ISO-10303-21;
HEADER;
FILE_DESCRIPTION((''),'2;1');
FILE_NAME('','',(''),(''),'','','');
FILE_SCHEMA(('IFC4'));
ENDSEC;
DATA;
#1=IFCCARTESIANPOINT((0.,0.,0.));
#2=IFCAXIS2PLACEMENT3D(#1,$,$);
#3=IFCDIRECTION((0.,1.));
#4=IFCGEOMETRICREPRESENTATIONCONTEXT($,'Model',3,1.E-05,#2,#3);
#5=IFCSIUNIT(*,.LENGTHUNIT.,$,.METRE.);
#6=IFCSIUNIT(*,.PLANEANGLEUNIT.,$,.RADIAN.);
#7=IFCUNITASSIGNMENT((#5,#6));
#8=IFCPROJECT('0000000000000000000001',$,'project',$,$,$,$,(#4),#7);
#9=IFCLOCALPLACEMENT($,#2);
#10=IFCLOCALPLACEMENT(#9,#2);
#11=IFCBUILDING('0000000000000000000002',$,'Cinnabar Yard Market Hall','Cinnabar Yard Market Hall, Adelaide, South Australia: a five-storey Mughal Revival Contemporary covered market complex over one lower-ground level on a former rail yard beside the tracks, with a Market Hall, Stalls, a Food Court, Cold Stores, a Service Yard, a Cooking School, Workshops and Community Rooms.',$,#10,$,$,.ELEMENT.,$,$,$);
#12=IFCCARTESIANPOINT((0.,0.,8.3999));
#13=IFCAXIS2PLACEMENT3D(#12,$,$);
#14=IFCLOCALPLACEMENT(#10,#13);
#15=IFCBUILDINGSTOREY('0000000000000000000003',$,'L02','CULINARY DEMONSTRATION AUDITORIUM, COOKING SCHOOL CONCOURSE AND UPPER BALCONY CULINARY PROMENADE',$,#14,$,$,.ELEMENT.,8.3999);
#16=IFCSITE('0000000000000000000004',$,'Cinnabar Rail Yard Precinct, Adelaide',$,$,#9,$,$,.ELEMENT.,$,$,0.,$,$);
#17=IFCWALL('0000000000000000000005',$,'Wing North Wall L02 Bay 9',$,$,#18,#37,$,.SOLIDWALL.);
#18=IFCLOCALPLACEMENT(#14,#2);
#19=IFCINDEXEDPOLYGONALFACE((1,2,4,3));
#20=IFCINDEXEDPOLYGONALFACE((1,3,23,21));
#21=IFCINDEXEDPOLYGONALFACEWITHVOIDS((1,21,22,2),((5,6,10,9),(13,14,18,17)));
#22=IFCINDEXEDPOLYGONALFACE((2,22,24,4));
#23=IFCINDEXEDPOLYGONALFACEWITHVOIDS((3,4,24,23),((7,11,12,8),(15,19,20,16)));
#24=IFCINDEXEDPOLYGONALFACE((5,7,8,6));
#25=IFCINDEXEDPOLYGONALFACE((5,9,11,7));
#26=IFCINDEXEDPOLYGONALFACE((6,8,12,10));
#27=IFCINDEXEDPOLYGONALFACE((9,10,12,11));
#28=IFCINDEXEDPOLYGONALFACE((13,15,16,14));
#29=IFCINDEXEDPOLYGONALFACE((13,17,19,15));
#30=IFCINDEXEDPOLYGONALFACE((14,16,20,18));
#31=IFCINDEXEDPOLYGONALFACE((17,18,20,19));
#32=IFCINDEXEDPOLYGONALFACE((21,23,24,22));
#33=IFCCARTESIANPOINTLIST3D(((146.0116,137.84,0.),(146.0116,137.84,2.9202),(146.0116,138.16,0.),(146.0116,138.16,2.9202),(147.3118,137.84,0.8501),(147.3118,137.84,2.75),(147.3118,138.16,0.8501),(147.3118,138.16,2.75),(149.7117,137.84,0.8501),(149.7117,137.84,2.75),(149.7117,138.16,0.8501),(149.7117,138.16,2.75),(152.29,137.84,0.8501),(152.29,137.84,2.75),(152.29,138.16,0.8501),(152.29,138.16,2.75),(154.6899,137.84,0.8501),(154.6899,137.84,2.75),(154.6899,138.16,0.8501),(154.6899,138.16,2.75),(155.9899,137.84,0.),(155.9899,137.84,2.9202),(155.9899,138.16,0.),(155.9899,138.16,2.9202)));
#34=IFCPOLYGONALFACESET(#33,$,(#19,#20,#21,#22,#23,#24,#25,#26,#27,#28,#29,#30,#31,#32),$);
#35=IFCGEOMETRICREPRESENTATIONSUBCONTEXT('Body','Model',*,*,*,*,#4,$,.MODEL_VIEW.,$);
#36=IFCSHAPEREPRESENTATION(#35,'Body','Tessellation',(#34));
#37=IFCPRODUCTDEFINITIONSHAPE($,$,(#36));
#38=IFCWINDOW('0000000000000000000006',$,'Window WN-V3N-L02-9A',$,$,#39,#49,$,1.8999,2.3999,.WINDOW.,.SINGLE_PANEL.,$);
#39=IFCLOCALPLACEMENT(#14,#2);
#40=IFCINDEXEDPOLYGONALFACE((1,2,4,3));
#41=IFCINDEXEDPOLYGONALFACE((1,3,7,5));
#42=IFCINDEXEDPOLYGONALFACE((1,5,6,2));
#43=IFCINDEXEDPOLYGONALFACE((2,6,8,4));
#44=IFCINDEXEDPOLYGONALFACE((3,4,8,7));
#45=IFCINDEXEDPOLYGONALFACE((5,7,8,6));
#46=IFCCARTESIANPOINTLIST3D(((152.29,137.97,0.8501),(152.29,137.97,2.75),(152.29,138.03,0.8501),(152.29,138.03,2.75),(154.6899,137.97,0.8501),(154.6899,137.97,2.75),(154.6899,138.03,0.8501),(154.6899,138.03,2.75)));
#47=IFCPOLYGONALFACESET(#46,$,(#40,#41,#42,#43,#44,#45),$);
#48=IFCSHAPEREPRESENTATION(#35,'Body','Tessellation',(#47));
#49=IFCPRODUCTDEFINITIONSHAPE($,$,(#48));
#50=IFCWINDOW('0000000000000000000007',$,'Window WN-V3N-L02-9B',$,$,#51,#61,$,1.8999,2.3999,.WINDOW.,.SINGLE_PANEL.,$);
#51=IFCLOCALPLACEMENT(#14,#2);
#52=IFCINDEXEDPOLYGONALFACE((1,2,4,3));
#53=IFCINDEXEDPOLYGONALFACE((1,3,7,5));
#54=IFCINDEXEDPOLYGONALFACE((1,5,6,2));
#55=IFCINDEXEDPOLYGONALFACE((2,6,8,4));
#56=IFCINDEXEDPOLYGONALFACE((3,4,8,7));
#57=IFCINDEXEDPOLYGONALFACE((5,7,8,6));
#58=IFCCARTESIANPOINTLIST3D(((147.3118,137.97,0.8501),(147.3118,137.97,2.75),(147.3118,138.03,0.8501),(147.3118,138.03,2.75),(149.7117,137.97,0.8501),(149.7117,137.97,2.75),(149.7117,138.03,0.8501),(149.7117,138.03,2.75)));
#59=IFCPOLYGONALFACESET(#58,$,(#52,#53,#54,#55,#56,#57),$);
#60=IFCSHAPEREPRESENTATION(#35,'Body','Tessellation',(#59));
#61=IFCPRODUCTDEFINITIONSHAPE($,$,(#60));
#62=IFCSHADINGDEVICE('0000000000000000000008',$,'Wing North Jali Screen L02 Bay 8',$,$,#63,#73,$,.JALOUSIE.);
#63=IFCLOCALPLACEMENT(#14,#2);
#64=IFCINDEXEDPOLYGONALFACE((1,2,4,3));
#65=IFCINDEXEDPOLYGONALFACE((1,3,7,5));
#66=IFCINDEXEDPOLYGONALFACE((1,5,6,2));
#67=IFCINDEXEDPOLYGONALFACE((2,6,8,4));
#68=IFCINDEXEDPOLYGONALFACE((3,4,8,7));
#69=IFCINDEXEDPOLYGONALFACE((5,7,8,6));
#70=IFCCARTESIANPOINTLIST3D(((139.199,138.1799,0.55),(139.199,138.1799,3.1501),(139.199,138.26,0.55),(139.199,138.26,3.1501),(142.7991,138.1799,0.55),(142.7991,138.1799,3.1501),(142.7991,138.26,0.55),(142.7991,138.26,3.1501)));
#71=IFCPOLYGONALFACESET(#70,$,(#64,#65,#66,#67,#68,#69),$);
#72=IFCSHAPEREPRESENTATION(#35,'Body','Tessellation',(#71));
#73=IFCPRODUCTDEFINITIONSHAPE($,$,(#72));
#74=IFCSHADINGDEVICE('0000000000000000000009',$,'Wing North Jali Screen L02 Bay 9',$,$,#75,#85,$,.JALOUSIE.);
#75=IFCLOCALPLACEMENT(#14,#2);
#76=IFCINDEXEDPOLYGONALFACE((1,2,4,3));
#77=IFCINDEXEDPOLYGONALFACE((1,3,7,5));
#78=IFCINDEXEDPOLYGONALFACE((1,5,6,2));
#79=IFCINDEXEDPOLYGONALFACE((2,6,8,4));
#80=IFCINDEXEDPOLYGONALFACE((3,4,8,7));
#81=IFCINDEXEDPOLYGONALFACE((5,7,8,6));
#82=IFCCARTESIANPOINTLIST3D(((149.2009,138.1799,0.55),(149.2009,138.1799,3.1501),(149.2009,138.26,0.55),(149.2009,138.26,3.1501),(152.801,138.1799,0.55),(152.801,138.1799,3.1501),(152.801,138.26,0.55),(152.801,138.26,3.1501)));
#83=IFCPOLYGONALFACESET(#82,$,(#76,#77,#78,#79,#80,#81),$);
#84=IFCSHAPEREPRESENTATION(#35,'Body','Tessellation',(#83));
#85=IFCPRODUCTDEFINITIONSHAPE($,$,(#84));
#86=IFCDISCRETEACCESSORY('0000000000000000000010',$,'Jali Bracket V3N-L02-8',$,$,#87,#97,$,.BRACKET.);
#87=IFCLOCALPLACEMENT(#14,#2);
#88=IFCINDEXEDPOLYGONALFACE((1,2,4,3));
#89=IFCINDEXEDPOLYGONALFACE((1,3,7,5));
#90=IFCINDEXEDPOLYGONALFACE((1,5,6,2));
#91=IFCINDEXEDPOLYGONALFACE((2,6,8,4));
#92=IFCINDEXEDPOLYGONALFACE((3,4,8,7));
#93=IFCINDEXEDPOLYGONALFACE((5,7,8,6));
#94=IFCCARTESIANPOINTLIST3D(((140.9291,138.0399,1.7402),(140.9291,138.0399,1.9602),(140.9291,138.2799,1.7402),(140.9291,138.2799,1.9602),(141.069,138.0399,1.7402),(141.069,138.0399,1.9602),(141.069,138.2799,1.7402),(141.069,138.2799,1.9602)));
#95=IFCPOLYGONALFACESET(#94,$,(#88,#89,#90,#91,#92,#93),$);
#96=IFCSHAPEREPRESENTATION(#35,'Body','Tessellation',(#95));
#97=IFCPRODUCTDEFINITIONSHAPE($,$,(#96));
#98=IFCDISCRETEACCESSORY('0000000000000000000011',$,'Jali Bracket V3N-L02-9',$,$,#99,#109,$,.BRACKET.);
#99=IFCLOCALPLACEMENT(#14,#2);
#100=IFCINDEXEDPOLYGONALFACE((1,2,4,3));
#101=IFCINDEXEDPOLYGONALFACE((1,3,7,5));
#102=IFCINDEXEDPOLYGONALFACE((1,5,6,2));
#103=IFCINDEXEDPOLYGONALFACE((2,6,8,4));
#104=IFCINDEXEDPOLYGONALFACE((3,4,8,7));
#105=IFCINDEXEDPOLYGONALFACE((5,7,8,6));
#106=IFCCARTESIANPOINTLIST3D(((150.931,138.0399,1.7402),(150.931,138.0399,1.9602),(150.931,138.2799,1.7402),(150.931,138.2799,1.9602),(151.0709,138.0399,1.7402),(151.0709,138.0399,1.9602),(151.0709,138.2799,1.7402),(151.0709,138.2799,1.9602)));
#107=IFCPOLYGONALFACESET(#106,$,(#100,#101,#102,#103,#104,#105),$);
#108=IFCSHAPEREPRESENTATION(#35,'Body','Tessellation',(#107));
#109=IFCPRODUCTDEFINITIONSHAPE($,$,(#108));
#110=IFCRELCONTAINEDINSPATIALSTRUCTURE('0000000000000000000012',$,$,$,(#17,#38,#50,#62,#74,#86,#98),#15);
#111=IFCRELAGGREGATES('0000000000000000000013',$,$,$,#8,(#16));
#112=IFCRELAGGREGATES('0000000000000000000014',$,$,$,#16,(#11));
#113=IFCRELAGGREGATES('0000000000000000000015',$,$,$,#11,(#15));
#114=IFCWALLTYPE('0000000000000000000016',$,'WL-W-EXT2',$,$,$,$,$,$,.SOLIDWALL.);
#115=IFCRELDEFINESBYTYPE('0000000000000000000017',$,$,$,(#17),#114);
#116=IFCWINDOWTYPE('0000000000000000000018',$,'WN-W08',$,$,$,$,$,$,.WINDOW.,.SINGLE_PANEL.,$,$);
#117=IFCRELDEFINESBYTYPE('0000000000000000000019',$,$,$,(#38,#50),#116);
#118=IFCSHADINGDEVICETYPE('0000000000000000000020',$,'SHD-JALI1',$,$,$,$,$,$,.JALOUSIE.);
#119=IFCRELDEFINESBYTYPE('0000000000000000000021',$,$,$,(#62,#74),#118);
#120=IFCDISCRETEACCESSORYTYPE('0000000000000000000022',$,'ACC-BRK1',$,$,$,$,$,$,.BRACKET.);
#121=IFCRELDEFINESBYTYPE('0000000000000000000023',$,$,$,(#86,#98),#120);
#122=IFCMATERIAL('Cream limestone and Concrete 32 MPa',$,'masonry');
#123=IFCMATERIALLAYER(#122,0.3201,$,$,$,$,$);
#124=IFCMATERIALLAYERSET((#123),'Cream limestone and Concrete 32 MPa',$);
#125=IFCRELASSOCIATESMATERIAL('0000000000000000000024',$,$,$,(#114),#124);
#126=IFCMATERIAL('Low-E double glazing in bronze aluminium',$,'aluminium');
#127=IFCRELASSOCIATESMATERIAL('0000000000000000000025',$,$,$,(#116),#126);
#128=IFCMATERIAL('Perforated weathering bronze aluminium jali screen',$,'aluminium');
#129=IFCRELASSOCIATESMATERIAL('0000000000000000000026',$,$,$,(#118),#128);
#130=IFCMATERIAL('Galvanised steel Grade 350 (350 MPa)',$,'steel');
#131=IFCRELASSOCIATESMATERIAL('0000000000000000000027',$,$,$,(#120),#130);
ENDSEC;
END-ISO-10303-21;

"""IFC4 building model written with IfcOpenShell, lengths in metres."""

from ifc_helpers import new_model, si_unit, direction, frame, frame_2d, origin, origin_2d_with_axis, place, context, subcontext, project, spatial, rectangle, extrude, material, layer, layer_set, type_object, element, fill, save


model = new_model("IFC4")

# Units and contexts
model_context = context("Model", 3, precision=1e-05, world=origin(), true_north=direction((0.0, 1.0)))
body_context = subcontext(model_context, "Body", "Model", "MODEL_VIEW")
ifc_project = project(units=[si_unit("LENGTHUNIT", "METRE"), si_unit("PLANEANGLEUNIT", "RADIAN")], contexts=[model_context])

# Site, building, storey
site_placement = place(None, origin())
site = spatial("IfcSite", under=ifc_project, at=site_placement, Name="Cinnabar Rail Yard Precinct, Adelaide", CompositionType="ELEMENT", RefElevation=0.0)
building_placement = place(site_placement, origin())
building = spatial("IfcBuilding", under=site, at=building_placement, Name="Cinnabar Yard Market Hall", Description="Cinnabar Yard Market Hall, Adelaide, South Australia: a five-storey Mughal Revival Contemporary covered market complex over one lower-ground level on a former rail yard beside the tracks, with a Market Hall, Stalls, a Food Court, Cold Stores, a Service Yard, a Cooking School, Workshops and Community Rooms.", CompositionType="ELEMENT")
storey_placement = place(building_placement, frame((0.0, 0.0, 8.3999)))
storey = spatial("IfcBuildingStorey", under=building, at=storey_placement, Name="L02", Description="CULINARY DEMONSTRATION AUDITORIUM, COOKING SCHOOL CONCOURSE AND UPPER BALCONY CULINARY PROMENADE", CompositionType="ELEMENT", Elevation=8.3999)

# Shared definitions
ifc_material_1 = material(Name="Cream limestone and Concrete 32 MPa", Category="masonry")
ifc_layer_1 = layer(ifc_material_1, 0.3201)
ifc_layer_set_1 = layer_set([ifc_layer_1], Name="Cream limestone and Concrete 32 MPa")
wall_type_1 = type_object("IfcWallType", Name="WL-W-EXT2", PredefinedType="SOLIDWALL", material=ifc_layer_set_1)

# Wall, openings, windows
wall_1_placement = place(storey_placement, frame((155.99, 138.0, 0.0), z_axis=(0.0, 0.0, 1.0), x_axis=(-1.0, 0.0, 0.0)))
wall_1 = element("IfcWall", 1, at=wall_1_placement, inside=storey, type_object=wall_type_1, Name="Wing North Wall L02 Bay 9", PredefinedType="SOLIDWALL", context=body_context, shape_type="SweptSolid", body=[
    extrude(rectangle(XDim=9.9783, YDim=0.3201, at=frame_2d((4.9893, 0.0), x_axis=(1.0, 0.0))), origin(), (0.0, 0.0, 1.0), 2.9202),
])
opening_1_placement = place(wall_1_placement, frame((1.3, 0.0, 0.8501)))
opening_1 = element("IfcOpeningElement", 2, at=opening_1_placement, cuts=wall_1, PredefinedType="OPENING", context=body_context, shape_type="SweptSolid", body=[
    extrude(rectangle(XDim=2.3999, YDim=1.8999, at=frame_2d((1.2, 0.95), x_axis=(1.0, 0.0))), frame((0.0, 0.1699, 0.0), z_axis=(0.0, -1.0, 0.0), x_axis=(1.0, 0.0, 0.0)), (0.0, 0.0, 1.0), 0.3401),
])
opening_2_placement = place(wall_1_placement, frame((6.2783, 0.0, 0.8501)))
opening_2 = element("IfcOpeningElement", 3, at=opening_2_placement, cuts=wall_1, PredefinedType="OPENING", context=body_context, shape_type="SweptSolid", body=[
    extrude(rectangle(XDim=2.3999, YDim=1.8999, at=frame_2d((1.2, 0.95), x_axis=(1.0, 0.0))), frame((0.0, 0.1699, 0.0), z_axis=(0.0, -1.0, 0.0), x_axis=(1.0, 0.0, 0.0)), (0.0, 0.0, 1.0), 0.3401),
])
ifc_material_2 = material(Name="Low-E double glazing in bronze aluminium", Category="aluminium")
window_type_1 = type_object("IfcWindowType", Name="WN-W08", PartitioningType="SINGLE_PANEL", PredefinedType="WINDOW", material=ifc_material_2)
window_1_placement = place(opening_1_placement, origin())
window_1 = element("IfcWindow", 4, at=window_1_placement, inside=storey, type_object=window_type_1, Name="Window WN-V3N-L02-9A", OverallHeight=1.8999, OverallWidth=2.3999, PartitioningType="SINGLE_PANEL", PredefinedType="WINDOW", context=body_context, shape_type="SweptSolid", body=[
    extrude(rectangle(XDim=2.3999, YDim=1.8999, at=frame_2d((1.2, 0.95), x_axis=(1.0, 0.0))), frame((0.0, 0.03, 0.0), z_axis=(0.0, -1.0, 0.0), x_axis=(1.0, 0.0, 0.0)), (0.0, 0.0, 1.0), 0.0601),
])
fill(opening_1, window_1)
window_2_placement = place(opening_2_placement, origin())
window_2 = element("IfcWindow", 5, at=window_2_placement, inside=storey, type_object=window_type_1, Name="Window WN-V3N-L02-9B", OverallHeight=1.8999, OverallWidth=2.3999, PartitioningType="SINGLE_PANEL", PredefinedType="WINDOW", context=body_context, shape_type="SweptSolid", body=[
    extrude(rectangle(XDim=2.3999, YDim=1.8999, at=frame_2d((1.2, 0.95), x_axis=(1.0, 0.0))), frame((0.0, 0.03, 0.0), z_axis=(0.0, -1.0, 0.0), x_axis=(1.0, 0.0, 0.0)), (0.0, 0.0, 1.0), 0.0601),
])
fill(opening_2, window_2)

# Shading devices
ifc_material_3 = material(Name="Perforated weathering bronze aluminium jali screen", Category="aluminium")
shading_device_type = type_object("IfcShadingDeviceType", Name="SHD-JALI1", PredefinedType="JALOUSIE", material=ifc_material_3)
for number, where, z_axis, x_axis, name in (
    (6, (140.999, 138.22, 0.55), (0.0, 0.0, 1.0), (1.0, 0.0, 0.0), "Wing North Jali Screen L02 Bay 8"),
    (7, (151.001, 138.22, 0.55), (0.0, 0.0, 1.0), (1.0, 0.0, 0.0), "Wing North Jali Screen L02 Bay 9"),
):
    element("IfcShadingDevice", number, at=place(storey_placement, frame(where, z_axis=z_axis, x_axis=x_axis)), inside=storey, type_object=shading_device_type, Name=name, PredefinedType="JALOUSIE", context=body_context, shape_type="SweptSolid", body=[
        extrude(rectangle(XDim=3.6001, YDim=0.0801, at=origin_2d_with_axis()), origin(), (0.0, 0.0, 1.0), 2.6001),
    ])

# Discrete accessories
ifc_material_4 = material(Name="Galvanised steel Grade 350 (350 MPa)", Category="steel")
discrete_accessory_type = type_object("IfcDiscreteAccessoryType", Name="ACC-BRK1", PredefinedType="BRACKET", material=ifc_material_4)
for number, where, z_axis, x_axis, name in (
    (8, (140.999, 138.1599, 1.7402), (0.0, 0.0, 1.0), (1.0, 0.0, 0.0), "Jali Bracket V3N-L02-8"),
    (9, (151.001, 138.1599, 1.7402), (0.0, 0.0, 1.0), (1.0, 0.0, 0.0), "Jali Bracket V3N-L02-9"),
):
    element("IfcDiscreteAccessory", number, at=place(storey_placement, frame(where, z_axis=z_axis, x_axis=x_axis)), inside=storey, type_object=discrete_accessory_type, Name=name, PredefinedType="BRACKET", context=body_context, shape_type="SweptSolid", body=[
        extrude(rectangle(XDim=0.1399, YDim=0.24, at=origin_2d_with_axis()), origin(), (0.0, 0.0, 1.0), 0.22),
    ])

save(model, "model.ifc")
